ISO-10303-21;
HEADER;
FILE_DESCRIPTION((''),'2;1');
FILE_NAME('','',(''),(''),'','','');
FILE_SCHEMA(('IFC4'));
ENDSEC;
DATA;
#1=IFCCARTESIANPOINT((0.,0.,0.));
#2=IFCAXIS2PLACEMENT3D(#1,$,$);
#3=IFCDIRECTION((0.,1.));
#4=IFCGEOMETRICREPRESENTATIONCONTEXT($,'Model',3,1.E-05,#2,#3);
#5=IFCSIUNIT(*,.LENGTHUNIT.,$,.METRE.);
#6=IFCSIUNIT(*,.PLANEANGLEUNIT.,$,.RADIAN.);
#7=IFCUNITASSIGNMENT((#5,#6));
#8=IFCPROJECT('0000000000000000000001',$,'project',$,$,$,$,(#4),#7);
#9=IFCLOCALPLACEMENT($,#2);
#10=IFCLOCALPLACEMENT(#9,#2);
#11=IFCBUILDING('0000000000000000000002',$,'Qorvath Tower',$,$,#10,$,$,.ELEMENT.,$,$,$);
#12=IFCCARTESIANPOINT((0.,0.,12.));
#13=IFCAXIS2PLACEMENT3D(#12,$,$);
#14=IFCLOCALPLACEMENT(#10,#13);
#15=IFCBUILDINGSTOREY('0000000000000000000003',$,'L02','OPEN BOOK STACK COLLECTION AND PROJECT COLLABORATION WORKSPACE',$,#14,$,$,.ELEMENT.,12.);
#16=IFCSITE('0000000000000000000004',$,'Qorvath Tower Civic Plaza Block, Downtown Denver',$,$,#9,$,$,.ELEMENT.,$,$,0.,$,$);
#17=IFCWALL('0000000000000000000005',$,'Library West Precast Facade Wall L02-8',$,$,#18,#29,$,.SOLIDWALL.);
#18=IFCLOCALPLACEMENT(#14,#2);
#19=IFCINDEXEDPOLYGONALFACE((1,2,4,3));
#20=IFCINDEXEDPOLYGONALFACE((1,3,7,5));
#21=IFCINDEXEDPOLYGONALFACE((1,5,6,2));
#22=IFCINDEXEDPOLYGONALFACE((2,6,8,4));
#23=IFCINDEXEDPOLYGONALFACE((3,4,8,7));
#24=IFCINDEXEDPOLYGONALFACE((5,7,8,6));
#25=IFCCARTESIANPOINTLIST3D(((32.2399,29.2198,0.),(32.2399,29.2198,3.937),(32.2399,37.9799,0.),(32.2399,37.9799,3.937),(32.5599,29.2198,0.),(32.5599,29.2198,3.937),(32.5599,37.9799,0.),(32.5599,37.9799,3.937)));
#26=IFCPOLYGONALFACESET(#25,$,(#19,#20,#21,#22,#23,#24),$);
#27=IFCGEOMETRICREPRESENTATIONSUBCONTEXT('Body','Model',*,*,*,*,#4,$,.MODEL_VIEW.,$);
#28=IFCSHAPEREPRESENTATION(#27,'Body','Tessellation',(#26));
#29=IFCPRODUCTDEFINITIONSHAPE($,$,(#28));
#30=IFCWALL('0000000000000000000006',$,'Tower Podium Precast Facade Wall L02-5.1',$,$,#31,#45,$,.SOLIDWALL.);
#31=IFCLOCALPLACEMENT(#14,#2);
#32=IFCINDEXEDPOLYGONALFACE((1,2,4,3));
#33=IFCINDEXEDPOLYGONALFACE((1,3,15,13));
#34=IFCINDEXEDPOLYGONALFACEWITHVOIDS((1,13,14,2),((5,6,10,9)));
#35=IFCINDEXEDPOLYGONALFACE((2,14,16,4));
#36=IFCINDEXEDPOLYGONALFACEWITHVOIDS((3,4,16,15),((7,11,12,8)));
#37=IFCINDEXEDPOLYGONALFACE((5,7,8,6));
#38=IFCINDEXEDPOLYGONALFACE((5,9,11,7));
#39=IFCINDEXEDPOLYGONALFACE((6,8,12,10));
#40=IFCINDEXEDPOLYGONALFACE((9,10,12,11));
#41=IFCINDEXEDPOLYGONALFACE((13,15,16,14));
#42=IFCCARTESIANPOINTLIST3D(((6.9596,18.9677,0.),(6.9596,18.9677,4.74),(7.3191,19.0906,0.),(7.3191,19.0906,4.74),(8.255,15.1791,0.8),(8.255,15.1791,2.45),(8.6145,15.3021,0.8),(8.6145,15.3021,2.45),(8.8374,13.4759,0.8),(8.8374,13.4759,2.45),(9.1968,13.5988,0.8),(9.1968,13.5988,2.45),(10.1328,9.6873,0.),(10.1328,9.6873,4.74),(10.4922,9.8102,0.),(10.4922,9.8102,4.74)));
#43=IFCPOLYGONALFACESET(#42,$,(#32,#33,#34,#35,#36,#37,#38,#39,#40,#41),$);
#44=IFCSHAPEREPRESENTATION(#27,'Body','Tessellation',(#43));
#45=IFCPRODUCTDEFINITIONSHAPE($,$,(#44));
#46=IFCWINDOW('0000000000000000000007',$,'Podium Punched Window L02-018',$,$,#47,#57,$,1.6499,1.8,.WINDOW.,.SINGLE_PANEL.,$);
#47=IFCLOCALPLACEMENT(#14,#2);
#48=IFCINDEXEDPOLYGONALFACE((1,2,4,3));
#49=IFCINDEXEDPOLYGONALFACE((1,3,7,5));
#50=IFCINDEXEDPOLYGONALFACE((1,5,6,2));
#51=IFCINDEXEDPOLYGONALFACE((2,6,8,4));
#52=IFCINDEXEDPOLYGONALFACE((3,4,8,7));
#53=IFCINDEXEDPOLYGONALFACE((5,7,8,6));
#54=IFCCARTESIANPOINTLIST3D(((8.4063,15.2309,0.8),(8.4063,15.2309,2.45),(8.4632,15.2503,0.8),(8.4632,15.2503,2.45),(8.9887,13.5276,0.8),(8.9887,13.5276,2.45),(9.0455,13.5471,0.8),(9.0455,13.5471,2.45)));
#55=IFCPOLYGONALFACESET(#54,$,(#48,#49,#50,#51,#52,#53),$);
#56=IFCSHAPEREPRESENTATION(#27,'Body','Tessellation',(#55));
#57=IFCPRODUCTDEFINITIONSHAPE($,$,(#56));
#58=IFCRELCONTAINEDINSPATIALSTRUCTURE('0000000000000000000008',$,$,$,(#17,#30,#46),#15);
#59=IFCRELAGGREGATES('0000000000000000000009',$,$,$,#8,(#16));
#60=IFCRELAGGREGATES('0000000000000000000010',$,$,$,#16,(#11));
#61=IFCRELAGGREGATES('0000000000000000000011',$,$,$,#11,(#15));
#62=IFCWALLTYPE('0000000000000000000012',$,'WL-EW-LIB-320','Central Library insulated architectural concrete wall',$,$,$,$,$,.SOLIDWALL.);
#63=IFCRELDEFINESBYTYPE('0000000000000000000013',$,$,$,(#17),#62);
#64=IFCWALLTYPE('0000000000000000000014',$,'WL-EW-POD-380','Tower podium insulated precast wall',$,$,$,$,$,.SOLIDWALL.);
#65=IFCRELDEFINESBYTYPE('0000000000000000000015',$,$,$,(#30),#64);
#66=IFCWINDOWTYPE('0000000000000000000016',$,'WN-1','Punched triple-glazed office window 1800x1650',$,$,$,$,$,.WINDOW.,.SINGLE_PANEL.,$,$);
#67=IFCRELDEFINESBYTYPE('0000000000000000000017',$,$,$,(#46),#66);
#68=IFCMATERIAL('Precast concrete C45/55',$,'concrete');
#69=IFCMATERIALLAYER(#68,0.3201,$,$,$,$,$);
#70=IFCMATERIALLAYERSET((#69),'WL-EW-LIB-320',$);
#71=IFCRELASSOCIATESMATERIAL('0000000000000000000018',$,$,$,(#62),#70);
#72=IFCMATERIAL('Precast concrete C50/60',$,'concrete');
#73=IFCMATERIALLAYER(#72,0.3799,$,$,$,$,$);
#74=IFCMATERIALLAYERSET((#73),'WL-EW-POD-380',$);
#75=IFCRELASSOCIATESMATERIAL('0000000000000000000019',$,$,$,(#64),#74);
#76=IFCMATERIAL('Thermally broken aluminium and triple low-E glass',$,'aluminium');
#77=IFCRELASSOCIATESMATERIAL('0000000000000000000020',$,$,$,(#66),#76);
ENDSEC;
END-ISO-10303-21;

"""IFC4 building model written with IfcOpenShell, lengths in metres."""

from ifc_helpers import new_model, si_unit, direction, frame, frame_2d, origin, place, context, subcontext, project, spatial, rectangle, extrude, material, layer, layer_set, type_object, element, fill, save


model = new_model("IFC4")

# Units and contexts
model_context = context("Model", 3, precision=1e-05, world=origin(), true_north=direction((0.0, 1.0)))
body_context = subcontext(model_context, "Body", "Model", "MODEL_VIEW")
ifc_project = project(units=[si_unit("LENGTHUNIT", "METRE"), si_unit("PLANEANGLEUNIT", "RADIAN")], contexts=[model_context])

# Site, building, storey
site_placement = place(None, origin())
site = spatial("IfcSite", under=ifc_project, at=site_placement, Name="Qorvath Tower Civic Plaza Block, Downtown Denver", CompositionType="ELEMENT", RefElevation=0.0)
building_placement = place(site_placement, origin())
building = spatial("IfcBuilding", under=site, at=building_placement, Name="Qorvath Tower", CompositionType="ELEMENT")
storey_placement = place(building_placement, frame((0.0, 0.0, 12.0)))
storey = spatial("IfcBuildingStorey", under=building, at=storey_placement, Name="L02", Description="OPEN BOOK STACK COLLECTION AND PROJECT COLLABORATION WORKSPACE", CompositionType="ELEMENT", Elevation=12.0)

# Wall
ifc_material_1 = material(Name="Precast concrete C45/55", Category="concrete")
ifc_layer_1 = layer(ifc_material_1, 0.3201)
ifc_layer_set_1 = layer_set([ifc_layer_1], Name="WL-EW-LIB-320")
wall_type_1 = type_object("IfcWallType", Name="WL-EW-LIB-320", Description="Central Library insulated architectural concrete wall", PredefinedType="SOLIDWALL", material=ifc_layer_set_1)
wall_1_placement = place(storey_placement, frame((32.3999, 29.22, 0.0), z_axis=(0.0, 0.0, 1.0), x_axis=(0.0, 1.0, 0.0)))
element("IfcWall", 1, at=wall_1_placement, inside=storey, type_object=wall_type_1, Name="Library West Precast Facade Wall L02-8", PredefinedType="SOLIDWALL", context=body_context, shape_type="SweptSolid", body=[
    extrude(rectangle(XDim=8.76, YDim=0.3201, at=frame_2d((4.3799, 0.0))), origin(), (0.0, 0.0, 1.0), 3.937),
])

# Wall, opening, window
ifc_material_2 = material(Name="Precast concrete C50/60", Category="concrete")
ifc_layer_2 = layer(ifc_material_2, 0.3799)
ifc_layer_set_2 = layer_set([ifc_layer_2], Name="WL-EW-POD-380")
wall_type_2 = type_object("IfcWallType", Name="WL-EW-POD-380", Description="Tower podium insulated precast wall", PredefinedType="SOLIDWALL", material=ifc_layer_set_2)
wall_2_placement = place(storey_placement, frame((7.1394, 19.0291, 0.0), z_axis=(0.0, 0.0, 1.0), x_axis=(0.323529, -0.946218, 0.0)))
wall_2 = element("IfcWall", 2, at=wall_2_placement, inside=storey, type_object=wall_type_2, Name="Tower Podium Precast Facade Wall L02-5.1", PredefinedType="SOLIDWALL", context=body_context, shape_type="SweptSolid", body=[
    extrude(rectangle(XDim=9.8079, YDim=0.3799, at=frame_2d((4.9038, 0.0))), origin(), (0.0, 0.0, 1.0), 4.74),
])
opening_placement = place(wall_2_placement, frame((4.0039, 0.0, 0.8)))
opening = element("IfcOpeningElement", 3, at=opening_placement, cuts=wall_2, PredefinedType="OPENING", context=body_context, shape_type="SweptSolid", body=[
    extrude(rectangle(XDim=1.8, YDim=1.6499, at=frame_2d((0.8999, 0.825))), frame((0.0, 0.2, 0.0), z_axis=(0.0, -1.0, 0.0), x_axis=(1.0, 0.0, 0.0)), (0.0, 0.0, 1.0), 0.3999),
])
ifc_material_3 = material(Name="Thermally broken aluminium and triple low-E glass", Category="aluminium")
window_type = type_object("IfcWindowType", Name="WN-1", Description="Punched triple-glazed office window 1800x1650", PartitioningType="SINGLE_PANEL", PredefinedType="WINDOW", material=ifc_material_3)
window_placement = place(opening_placement, origin())
window = element("IfcWindow", 4, at=window_placement, inside=storey, type_object=window_type, Name="Podium Punched Window L02-018", OverallHeight=1.6499, OverallWidth=1.8, PartitioningType="SINGLE_PANEL", PredefinedType="WINDOW", context=body_context, shape_type="SweptSolid", body=[
    extrude(rectangle(XDim=1.8, YDim=1.6499, at=frame_2d((0.8999, 0.825))), frame((0.0, 0.03, 0.0), z_axis=(0.0, -1.0, 0.0), x_axis=(1.0, 0.0, 0.0)), (0.0, 0.0, 1.0), 0.0601),
])
fill(opening, window)

save(model, "model.ifc")
